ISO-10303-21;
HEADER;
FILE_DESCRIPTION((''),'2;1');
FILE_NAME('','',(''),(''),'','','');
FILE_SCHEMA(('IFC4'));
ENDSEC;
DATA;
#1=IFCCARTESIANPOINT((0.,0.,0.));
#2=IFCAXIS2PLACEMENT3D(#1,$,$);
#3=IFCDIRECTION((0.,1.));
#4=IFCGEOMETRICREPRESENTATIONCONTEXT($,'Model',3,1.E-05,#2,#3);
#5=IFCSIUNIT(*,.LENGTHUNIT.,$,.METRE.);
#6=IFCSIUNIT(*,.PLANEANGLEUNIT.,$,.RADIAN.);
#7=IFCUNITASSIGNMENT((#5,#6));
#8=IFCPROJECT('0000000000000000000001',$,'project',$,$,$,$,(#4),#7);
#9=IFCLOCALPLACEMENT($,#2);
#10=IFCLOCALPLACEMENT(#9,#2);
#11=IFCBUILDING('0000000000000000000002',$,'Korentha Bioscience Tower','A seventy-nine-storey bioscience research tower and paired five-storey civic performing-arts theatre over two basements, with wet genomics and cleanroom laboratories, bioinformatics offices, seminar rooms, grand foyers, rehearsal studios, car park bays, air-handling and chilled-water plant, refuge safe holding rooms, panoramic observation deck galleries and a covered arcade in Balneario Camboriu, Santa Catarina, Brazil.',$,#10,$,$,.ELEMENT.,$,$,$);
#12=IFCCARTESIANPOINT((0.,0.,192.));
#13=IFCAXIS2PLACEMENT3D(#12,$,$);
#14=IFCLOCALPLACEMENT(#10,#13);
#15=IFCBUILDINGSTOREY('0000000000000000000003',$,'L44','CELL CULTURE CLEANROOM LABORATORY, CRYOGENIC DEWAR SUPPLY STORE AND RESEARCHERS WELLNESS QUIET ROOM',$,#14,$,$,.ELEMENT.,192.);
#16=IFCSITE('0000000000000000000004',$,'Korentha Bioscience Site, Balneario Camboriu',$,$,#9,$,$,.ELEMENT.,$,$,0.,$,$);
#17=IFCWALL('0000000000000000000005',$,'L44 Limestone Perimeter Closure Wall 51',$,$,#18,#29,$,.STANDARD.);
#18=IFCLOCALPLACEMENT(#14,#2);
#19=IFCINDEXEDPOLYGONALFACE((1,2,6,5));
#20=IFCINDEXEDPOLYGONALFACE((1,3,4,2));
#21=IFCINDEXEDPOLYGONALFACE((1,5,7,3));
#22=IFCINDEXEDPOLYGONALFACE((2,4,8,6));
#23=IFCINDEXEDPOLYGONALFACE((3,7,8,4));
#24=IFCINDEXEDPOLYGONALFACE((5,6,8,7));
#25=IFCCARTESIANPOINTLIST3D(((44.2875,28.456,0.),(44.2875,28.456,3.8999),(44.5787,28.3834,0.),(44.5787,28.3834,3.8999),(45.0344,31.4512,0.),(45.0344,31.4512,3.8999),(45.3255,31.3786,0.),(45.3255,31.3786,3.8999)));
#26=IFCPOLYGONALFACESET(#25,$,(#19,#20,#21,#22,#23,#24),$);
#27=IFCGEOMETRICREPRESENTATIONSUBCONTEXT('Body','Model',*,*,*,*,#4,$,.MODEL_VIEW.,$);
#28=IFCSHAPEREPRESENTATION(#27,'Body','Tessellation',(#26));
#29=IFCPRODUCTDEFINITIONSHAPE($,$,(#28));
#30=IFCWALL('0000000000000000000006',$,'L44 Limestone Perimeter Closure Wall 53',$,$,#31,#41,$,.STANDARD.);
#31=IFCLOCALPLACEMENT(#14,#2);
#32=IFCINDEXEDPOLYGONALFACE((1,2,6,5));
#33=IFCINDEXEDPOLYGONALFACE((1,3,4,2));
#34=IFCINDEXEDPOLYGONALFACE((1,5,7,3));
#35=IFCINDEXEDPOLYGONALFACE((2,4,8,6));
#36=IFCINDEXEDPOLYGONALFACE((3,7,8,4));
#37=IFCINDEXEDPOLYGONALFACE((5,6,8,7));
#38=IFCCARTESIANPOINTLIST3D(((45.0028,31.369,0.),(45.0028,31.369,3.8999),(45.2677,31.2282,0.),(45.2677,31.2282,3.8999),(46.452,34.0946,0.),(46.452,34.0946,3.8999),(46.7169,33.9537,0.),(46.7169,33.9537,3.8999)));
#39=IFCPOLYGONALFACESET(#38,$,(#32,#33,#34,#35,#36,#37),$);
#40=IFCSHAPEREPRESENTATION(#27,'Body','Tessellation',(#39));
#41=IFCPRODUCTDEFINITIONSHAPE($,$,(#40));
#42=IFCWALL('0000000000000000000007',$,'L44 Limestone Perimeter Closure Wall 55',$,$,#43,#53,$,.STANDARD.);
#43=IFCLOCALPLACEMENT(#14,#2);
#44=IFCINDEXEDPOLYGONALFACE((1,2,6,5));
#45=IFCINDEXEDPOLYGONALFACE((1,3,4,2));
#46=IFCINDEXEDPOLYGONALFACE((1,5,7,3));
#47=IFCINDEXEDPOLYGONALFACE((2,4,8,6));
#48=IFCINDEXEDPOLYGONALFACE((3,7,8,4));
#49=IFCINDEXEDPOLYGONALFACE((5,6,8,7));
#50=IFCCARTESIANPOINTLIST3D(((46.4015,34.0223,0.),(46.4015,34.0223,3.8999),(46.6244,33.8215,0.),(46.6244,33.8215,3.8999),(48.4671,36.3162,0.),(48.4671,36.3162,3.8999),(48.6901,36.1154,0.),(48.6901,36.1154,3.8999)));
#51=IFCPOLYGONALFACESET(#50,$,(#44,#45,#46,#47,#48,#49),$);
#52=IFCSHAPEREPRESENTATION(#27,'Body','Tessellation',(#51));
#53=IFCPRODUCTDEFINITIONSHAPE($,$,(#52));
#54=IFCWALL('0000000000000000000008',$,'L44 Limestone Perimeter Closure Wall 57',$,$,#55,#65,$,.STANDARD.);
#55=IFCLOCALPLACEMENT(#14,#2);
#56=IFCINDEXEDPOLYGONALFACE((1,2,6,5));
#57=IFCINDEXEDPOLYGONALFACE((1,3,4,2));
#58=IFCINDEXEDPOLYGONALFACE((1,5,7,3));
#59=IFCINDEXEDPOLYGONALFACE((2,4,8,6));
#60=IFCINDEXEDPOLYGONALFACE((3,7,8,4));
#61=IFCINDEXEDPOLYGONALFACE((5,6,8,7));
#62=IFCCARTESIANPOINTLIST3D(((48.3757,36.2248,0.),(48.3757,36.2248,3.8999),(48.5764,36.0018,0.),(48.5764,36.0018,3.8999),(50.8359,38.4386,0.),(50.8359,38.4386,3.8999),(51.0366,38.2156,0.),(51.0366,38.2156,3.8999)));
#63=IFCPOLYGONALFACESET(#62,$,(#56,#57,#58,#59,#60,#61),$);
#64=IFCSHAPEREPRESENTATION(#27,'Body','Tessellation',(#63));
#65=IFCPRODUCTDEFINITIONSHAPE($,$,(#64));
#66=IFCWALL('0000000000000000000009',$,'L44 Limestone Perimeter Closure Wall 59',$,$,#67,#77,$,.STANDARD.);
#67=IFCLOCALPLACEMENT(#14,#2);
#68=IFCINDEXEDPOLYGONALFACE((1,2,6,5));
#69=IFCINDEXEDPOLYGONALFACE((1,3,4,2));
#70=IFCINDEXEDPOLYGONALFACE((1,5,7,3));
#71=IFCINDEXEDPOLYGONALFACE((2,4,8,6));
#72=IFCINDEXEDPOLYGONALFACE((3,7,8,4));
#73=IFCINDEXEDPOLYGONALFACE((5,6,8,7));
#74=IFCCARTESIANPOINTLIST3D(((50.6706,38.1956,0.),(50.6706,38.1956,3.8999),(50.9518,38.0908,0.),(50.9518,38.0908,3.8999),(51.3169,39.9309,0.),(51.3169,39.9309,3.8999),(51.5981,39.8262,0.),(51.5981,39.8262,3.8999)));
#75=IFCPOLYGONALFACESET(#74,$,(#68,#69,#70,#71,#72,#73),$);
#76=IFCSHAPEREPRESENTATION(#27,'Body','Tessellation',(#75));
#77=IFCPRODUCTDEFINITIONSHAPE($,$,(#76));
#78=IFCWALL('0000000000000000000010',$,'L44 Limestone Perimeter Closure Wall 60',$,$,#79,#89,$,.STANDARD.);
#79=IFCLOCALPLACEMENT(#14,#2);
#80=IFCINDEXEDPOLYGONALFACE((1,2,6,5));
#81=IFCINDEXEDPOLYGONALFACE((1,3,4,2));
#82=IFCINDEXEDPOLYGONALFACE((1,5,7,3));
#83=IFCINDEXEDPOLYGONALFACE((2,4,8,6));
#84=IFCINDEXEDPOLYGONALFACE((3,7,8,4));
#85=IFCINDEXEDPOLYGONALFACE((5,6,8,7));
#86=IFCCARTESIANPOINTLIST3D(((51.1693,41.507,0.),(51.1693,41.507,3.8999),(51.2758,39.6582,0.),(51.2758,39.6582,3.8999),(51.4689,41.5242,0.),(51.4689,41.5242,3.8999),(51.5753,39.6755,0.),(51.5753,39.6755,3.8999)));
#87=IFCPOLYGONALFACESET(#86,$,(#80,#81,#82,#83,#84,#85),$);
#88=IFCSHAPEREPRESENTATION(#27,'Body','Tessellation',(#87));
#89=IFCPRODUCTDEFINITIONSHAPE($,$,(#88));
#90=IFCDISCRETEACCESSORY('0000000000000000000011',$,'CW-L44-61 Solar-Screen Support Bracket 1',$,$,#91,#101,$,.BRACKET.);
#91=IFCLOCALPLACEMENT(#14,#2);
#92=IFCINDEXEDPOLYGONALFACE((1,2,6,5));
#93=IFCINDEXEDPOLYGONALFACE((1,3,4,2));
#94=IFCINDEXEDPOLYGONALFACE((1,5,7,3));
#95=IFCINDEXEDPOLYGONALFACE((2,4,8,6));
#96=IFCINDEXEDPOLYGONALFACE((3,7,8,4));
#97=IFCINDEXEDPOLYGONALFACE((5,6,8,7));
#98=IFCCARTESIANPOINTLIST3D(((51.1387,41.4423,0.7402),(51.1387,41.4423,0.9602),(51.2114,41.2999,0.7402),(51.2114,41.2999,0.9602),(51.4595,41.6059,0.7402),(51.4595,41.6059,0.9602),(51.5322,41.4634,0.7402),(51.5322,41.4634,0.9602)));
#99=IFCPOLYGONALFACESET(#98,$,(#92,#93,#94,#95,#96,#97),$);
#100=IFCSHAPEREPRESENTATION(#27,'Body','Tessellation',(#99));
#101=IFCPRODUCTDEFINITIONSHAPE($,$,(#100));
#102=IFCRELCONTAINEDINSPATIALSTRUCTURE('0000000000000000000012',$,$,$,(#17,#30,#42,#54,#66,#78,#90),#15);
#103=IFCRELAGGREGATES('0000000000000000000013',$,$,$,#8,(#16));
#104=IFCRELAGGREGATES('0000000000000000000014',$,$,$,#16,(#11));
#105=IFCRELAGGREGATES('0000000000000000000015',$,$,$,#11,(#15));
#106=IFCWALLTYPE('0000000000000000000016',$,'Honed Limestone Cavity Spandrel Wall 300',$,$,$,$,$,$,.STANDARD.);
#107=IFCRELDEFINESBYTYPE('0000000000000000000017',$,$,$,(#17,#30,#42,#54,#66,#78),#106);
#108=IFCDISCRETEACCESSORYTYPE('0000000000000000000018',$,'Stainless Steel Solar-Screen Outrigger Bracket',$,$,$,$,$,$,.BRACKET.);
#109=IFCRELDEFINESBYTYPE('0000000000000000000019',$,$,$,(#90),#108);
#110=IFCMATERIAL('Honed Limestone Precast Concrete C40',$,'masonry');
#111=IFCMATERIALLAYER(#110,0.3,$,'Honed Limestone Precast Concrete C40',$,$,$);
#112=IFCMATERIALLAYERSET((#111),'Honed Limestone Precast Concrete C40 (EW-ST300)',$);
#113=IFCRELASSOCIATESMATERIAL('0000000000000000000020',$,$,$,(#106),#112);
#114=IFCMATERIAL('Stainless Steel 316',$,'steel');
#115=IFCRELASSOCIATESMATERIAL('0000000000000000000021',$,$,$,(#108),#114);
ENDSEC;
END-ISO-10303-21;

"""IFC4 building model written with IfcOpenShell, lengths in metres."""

from ifc_helpers import new_model, si_unit, direction, frame, frame_2d, origin, origin_2d, place, context, subcontext, project, spatial, rectangle, extrude, material, layer, layer_set, type_object, element, save


model = new_model("IFC4")

# Units and contexts
model_context = context("Model", 3, precision=1e-05, world=origin(), true_north=direction((0.0, 1.0)))
body_context = subcontext(model_context, "Body", "Model", "MODEL_VIEW")
ifc_project = project(units=[si_unit("LENGTHUNIT", "METRE"), si_unit("PLANEANGLEUNIT", "RADIAN")], contexts=[model_context])

# Site, building, storey
site_placement = place(None, origin())
site = spatial("IfcSite", under=ifc_project, at=site_placement, Name="Korentha Bioscience Site, Balneario Camboriu", CompositionType="ELEMENT", RefElevation=0.0)
building_placement = place(site_placement, origin())
building = spatial("IfcBuilding", under=site, at=building_placement, Name="Korentha Bioscience Tower", Description="A seventy-nine-storey bioscience research tower and paired five-storey civic performing-arts theatre over two basements, with wet genomics and cleanroom laboratories, bioinformatics offices, seminar rooms, grand foyers, rehearsal studios, car park bays, air-handling and chilled-water plant, refuge safe holding rooms, panoramic observation deck galleries and a covered arcade in Balneario Camboriu, Santa Catarina, Brazil.", CompositionType="ELEMENT")
storey_placement = place(building_placement, frame((0.0, 0.0, 192.0)))
storey = spatial("IfcBuildingStorey", under=building, at=storey_placement, Name="L44", Description="CELL CULTURE CLEANROOM LABORATORY, CRYOGENIC DEWAR SUPPLY STORE AND RESEARCHERS WELLNESS QUIET ROOM", CompositionType="ELEMENT", Elevation=192.0)

# Walls
ifc_material_1 = material(Name="Honed Limestone Precast Concrete C40", Category="masonry")
ifc_layer_1 = layer(ifc_material_1, 0.3, Name="Honed Limestone Precast Concrete C40")
ifc_layer_set_1 = layer_set([ifc_layer_1], Name="Honed Limestone Precast Concrete C40 (EW-ST300)")
wall_type_1 = type_object("IfcWallType", Name="Honed Limestone Cavity Spandrel Wall 300", PredefinedType="STANDARD", material=ifc_layer_set_1)
for number, where, z_axis, x_axis, name in (
    (1, (44.4331, 28.4197, 0.0), (0.0, 0.0, 1.0), (0.24194, 0.970291, 0.0), "L44 Limestone Perimeter Closure Wall 51"),
    (2, (45.1353, 31.2986, 0.0), (0.0, 0.0, 1.0), (0.469471, 0.882948, 0.0), "L44 Limestone Perimeter Closure Wall 53"),
    (3, (46.5129, 33.9219, 0.0), (0.0, 0.0, 1.0), (0.669166, 0.743113, 0.0), "L44 Limestone Perimeter Closure Wall 55"),
):
    element("IfcWall", number, at=place(storey_placement, frame(where, z_axis=z_axis, x_axis=x_axis)), inside=storey, type_object=wall_type_1, Name=name, PredefinedType="STANDARD", context=body_context, shape_type="SweptSolid", body=[
        extrude(rectangle(XDim=3.0869, YDim=0.3, at=frame_2d((1.5435, 0.0))), origin(), (0.0, 0.0, 1.0), 3.8999),
    ])
wall_1_placement = place(storey_placement, frame((48.4761, 36.1133, 0.0), z_axis=(0.0, 0.0, 1.0), x_axis=(0.743342, 0.668912, 0.0)))
element("IfcWall", 4, at=wall_1_placement, inside=storey, type_object=wall_type_1, Name="L44 Limestone Perimeter Closure Wall 57", PredefinedType="STANDARD", context=body_context, shape_type="SweptSolid", body=[
    extrude(rectangle(XDim=3.3096, YDim=0.3, at=frame_2d((1.6548, 0.0))), origin(), (0.0, 0.0, 1.0), 3.8999),
])
for number, where, z_axis, x_axis, name in (
    (5, (50.8113, 38.1433, 0.0), (0.0, 0.0, 1.0), (0.348984, 0.937129, 0.0), "L44 Limestone Perimeter Closure Wall 59"),
    (6, (51.4255, 39.667, 0.0), (0.0, 0.0, 1.0), (-0.057485, 0.998346, 0.0), "L44 Limestone Perimeter Closure Wall 60"),
):
    element("IfcWall", number, at=place(storey_placement, frame(where, z_axis=z_axis, x_axis=x_axis)), inside=storey, type_object=wall_type_1, Name=name, PredefinedType="STANDARD", context=body_context, shape_type="SweptSolid", body=[
        extrude(rectangle(XDim=1.8518, YDim=0.3, at=frame_2d((0.9258, 0.0))), origin(), (0.0, 0.0, 1.0), 3.8999),
    ])

# Discrete accessory
ifc_material_2 = material(Name="Stainless Steel 316", Category="steel")
discrete_accessory_type = type_object("IfcDiscreteAccessoryType", Name="Stainless Steel Solar-Screen Outrigger Bracket", PredefinedType="BRACKET", material=ifc_material_2)
discrete_accessory_placement = place(storey_placement, frame((51.3354, 41.4529, 0.7402), z_axis=(0.0, 0.0, 1.0), x_axis=(-0.454288, 0.890855, 0.0)))
element("IfcDiscreteAccessory", 7, at=discrete_accessory_placement, inside=storey, type_object=discrete_accessory_type, Name="CW-L44-61 Solar-Screen Support Bracket 1", PredefinedType="BRACKET", context=body_context, shape_type="SweptSolid", body=[
    extrude(rectangle(XDim=0.1599, YDim=0.3601, at=origin_2d()), origin(), (0.0, 0.0, 1.0), 0.22),
])

save(model, "model.ifc")
